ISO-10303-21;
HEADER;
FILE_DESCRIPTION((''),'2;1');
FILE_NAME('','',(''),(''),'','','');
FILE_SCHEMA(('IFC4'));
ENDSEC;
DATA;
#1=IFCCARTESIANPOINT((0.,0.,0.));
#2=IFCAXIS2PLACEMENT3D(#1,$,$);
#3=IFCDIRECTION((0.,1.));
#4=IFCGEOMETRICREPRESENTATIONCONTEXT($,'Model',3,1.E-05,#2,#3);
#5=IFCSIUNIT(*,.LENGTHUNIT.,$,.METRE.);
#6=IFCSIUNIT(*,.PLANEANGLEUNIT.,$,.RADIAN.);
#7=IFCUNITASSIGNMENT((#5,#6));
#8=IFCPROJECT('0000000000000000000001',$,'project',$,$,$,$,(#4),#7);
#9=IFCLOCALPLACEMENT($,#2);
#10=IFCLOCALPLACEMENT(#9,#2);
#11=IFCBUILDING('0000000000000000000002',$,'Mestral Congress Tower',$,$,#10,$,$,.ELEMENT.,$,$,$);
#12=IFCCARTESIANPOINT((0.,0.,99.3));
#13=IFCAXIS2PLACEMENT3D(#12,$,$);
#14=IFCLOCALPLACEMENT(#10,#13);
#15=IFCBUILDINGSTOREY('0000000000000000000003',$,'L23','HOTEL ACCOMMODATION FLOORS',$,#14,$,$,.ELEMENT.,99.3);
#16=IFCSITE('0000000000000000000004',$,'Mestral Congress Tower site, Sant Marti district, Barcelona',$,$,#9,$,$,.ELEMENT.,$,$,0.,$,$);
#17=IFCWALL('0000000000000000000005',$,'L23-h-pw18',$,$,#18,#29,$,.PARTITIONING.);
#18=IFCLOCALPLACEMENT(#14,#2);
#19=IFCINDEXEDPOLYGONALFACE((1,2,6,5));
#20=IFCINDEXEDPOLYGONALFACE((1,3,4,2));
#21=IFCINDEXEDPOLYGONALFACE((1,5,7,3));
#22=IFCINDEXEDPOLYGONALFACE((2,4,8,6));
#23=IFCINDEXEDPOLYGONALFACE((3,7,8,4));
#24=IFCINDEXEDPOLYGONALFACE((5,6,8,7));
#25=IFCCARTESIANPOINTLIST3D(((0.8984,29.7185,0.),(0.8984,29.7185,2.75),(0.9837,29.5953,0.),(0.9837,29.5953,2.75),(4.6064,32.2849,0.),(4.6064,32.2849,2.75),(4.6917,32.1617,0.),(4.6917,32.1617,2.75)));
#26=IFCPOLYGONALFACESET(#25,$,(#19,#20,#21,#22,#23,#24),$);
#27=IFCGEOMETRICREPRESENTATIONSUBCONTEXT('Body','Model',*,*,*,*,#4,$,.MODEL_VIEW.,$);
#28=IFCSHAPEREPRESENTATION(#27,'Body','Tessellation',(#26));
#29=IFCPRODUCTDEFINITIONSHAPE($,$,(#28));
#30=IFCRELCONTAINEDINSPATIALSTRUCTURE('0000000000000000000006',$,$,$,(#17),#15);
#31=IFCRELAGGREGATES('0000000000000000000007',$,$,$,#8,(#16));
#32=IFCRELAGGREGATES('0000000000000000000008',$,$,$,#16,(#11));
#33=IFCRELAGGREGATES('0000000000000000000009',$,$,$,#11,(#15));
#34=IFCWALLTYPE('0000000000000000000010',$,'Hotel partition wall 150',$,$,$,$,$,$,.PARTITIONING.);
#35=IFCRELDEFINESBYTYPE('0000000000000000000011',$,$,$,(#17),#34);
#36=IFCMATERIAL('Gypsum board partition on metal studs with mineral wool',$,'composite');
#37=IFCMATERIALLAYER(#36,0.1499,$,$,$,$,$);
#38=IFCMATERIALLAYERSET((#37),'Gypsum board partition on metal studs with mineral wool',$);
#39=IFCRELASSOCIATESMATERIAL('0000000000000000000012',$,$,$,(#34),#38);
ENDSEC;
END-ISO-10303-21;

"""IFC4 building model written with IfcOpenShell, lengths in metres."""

from ifc_helpers import new_model, si_unit, direction, frame, frame_2d, origin, place, context, subcontext, project, spatial, rectangle, extrude, material, layer, layer_set, type_object, element, save


model = new_model("IFC4")

# Units and contexts
model_context = context("Model", 3, precision=1e-05, world=origin(), true_north=direction((0.0, 1.0)))
body_context = subcontext(model_context, "Body", "Model", "MODEL_VIEW")
ifc_project = project(units=[si_unit("LENGTHUNIT", "METRE"), si_unit("PLANEANGLEUNIT", "RADIAN")], contexts=[model_context])

# Site, building, storey
site_placement = place(None, origin())
site = spatial("IfcSite", under=ifc_project, at=site_placement, Name="Mestral Congress Tower site, Sant Marti district, Barcelona", CompositionType="ELEMENT", RefElevation=0.0)
building_placement = place(site_placement, origin())
building = spatial("IfcBuilding", under=site, at=building_placement, Name="Mestral Congress Tower", CompositionType="ELEMENT")
storey_placement = place(building_placement, frame((0.0, 0.0, 99.3)))
storey = spatial("IfcBuildingStorey", under=building, at=storey_placement, Name="L23", Description="HOTEL ACCOMMODATION FLOORS", CompositionType="ELEMENT", Elevation=99.3)

# Shared definitions
ifc_material_1 = material(Name="Gypsum board partition on metal studs with mineral wool", Category="composite")

# Shared definitions
ifc_layer_1 = layer(ifc_material_1, 0.1499)
ifc_layer_set_1 = layer_set([ifc_layer_1], Name="Gypsum board partition on metal studs with mineral wool")
wall_type_1 = type_object("IfcWallType", Name="Hotel partition wall 150", PredefinedType="PARTITIONING", material=ifc_layer_set_1)

# Wall
wall_1_placement = place(storey_placement, frame((4.6492, 32.2234, 0.0), z_axis=(0.0, 0.0, 1.0), x_axis=(-0.822262, -0.569109, 0.0)))
element("IfcWall", 1, at=wall_1_placement, inside=storey, type_object=wall_type_1, Name="L23-h-pw18", PredefinedType="PARTITIONING", context=body_context, shape_type="SweptSolid", body=[
    extrude(rectangle(XDim=4.5095, YDim=0.1499, at=frame_2d((2.2549, 0.0))), origin(), (0.0, 0.0, 1.0), 2.75),
])

save(model, "model.ifc")
